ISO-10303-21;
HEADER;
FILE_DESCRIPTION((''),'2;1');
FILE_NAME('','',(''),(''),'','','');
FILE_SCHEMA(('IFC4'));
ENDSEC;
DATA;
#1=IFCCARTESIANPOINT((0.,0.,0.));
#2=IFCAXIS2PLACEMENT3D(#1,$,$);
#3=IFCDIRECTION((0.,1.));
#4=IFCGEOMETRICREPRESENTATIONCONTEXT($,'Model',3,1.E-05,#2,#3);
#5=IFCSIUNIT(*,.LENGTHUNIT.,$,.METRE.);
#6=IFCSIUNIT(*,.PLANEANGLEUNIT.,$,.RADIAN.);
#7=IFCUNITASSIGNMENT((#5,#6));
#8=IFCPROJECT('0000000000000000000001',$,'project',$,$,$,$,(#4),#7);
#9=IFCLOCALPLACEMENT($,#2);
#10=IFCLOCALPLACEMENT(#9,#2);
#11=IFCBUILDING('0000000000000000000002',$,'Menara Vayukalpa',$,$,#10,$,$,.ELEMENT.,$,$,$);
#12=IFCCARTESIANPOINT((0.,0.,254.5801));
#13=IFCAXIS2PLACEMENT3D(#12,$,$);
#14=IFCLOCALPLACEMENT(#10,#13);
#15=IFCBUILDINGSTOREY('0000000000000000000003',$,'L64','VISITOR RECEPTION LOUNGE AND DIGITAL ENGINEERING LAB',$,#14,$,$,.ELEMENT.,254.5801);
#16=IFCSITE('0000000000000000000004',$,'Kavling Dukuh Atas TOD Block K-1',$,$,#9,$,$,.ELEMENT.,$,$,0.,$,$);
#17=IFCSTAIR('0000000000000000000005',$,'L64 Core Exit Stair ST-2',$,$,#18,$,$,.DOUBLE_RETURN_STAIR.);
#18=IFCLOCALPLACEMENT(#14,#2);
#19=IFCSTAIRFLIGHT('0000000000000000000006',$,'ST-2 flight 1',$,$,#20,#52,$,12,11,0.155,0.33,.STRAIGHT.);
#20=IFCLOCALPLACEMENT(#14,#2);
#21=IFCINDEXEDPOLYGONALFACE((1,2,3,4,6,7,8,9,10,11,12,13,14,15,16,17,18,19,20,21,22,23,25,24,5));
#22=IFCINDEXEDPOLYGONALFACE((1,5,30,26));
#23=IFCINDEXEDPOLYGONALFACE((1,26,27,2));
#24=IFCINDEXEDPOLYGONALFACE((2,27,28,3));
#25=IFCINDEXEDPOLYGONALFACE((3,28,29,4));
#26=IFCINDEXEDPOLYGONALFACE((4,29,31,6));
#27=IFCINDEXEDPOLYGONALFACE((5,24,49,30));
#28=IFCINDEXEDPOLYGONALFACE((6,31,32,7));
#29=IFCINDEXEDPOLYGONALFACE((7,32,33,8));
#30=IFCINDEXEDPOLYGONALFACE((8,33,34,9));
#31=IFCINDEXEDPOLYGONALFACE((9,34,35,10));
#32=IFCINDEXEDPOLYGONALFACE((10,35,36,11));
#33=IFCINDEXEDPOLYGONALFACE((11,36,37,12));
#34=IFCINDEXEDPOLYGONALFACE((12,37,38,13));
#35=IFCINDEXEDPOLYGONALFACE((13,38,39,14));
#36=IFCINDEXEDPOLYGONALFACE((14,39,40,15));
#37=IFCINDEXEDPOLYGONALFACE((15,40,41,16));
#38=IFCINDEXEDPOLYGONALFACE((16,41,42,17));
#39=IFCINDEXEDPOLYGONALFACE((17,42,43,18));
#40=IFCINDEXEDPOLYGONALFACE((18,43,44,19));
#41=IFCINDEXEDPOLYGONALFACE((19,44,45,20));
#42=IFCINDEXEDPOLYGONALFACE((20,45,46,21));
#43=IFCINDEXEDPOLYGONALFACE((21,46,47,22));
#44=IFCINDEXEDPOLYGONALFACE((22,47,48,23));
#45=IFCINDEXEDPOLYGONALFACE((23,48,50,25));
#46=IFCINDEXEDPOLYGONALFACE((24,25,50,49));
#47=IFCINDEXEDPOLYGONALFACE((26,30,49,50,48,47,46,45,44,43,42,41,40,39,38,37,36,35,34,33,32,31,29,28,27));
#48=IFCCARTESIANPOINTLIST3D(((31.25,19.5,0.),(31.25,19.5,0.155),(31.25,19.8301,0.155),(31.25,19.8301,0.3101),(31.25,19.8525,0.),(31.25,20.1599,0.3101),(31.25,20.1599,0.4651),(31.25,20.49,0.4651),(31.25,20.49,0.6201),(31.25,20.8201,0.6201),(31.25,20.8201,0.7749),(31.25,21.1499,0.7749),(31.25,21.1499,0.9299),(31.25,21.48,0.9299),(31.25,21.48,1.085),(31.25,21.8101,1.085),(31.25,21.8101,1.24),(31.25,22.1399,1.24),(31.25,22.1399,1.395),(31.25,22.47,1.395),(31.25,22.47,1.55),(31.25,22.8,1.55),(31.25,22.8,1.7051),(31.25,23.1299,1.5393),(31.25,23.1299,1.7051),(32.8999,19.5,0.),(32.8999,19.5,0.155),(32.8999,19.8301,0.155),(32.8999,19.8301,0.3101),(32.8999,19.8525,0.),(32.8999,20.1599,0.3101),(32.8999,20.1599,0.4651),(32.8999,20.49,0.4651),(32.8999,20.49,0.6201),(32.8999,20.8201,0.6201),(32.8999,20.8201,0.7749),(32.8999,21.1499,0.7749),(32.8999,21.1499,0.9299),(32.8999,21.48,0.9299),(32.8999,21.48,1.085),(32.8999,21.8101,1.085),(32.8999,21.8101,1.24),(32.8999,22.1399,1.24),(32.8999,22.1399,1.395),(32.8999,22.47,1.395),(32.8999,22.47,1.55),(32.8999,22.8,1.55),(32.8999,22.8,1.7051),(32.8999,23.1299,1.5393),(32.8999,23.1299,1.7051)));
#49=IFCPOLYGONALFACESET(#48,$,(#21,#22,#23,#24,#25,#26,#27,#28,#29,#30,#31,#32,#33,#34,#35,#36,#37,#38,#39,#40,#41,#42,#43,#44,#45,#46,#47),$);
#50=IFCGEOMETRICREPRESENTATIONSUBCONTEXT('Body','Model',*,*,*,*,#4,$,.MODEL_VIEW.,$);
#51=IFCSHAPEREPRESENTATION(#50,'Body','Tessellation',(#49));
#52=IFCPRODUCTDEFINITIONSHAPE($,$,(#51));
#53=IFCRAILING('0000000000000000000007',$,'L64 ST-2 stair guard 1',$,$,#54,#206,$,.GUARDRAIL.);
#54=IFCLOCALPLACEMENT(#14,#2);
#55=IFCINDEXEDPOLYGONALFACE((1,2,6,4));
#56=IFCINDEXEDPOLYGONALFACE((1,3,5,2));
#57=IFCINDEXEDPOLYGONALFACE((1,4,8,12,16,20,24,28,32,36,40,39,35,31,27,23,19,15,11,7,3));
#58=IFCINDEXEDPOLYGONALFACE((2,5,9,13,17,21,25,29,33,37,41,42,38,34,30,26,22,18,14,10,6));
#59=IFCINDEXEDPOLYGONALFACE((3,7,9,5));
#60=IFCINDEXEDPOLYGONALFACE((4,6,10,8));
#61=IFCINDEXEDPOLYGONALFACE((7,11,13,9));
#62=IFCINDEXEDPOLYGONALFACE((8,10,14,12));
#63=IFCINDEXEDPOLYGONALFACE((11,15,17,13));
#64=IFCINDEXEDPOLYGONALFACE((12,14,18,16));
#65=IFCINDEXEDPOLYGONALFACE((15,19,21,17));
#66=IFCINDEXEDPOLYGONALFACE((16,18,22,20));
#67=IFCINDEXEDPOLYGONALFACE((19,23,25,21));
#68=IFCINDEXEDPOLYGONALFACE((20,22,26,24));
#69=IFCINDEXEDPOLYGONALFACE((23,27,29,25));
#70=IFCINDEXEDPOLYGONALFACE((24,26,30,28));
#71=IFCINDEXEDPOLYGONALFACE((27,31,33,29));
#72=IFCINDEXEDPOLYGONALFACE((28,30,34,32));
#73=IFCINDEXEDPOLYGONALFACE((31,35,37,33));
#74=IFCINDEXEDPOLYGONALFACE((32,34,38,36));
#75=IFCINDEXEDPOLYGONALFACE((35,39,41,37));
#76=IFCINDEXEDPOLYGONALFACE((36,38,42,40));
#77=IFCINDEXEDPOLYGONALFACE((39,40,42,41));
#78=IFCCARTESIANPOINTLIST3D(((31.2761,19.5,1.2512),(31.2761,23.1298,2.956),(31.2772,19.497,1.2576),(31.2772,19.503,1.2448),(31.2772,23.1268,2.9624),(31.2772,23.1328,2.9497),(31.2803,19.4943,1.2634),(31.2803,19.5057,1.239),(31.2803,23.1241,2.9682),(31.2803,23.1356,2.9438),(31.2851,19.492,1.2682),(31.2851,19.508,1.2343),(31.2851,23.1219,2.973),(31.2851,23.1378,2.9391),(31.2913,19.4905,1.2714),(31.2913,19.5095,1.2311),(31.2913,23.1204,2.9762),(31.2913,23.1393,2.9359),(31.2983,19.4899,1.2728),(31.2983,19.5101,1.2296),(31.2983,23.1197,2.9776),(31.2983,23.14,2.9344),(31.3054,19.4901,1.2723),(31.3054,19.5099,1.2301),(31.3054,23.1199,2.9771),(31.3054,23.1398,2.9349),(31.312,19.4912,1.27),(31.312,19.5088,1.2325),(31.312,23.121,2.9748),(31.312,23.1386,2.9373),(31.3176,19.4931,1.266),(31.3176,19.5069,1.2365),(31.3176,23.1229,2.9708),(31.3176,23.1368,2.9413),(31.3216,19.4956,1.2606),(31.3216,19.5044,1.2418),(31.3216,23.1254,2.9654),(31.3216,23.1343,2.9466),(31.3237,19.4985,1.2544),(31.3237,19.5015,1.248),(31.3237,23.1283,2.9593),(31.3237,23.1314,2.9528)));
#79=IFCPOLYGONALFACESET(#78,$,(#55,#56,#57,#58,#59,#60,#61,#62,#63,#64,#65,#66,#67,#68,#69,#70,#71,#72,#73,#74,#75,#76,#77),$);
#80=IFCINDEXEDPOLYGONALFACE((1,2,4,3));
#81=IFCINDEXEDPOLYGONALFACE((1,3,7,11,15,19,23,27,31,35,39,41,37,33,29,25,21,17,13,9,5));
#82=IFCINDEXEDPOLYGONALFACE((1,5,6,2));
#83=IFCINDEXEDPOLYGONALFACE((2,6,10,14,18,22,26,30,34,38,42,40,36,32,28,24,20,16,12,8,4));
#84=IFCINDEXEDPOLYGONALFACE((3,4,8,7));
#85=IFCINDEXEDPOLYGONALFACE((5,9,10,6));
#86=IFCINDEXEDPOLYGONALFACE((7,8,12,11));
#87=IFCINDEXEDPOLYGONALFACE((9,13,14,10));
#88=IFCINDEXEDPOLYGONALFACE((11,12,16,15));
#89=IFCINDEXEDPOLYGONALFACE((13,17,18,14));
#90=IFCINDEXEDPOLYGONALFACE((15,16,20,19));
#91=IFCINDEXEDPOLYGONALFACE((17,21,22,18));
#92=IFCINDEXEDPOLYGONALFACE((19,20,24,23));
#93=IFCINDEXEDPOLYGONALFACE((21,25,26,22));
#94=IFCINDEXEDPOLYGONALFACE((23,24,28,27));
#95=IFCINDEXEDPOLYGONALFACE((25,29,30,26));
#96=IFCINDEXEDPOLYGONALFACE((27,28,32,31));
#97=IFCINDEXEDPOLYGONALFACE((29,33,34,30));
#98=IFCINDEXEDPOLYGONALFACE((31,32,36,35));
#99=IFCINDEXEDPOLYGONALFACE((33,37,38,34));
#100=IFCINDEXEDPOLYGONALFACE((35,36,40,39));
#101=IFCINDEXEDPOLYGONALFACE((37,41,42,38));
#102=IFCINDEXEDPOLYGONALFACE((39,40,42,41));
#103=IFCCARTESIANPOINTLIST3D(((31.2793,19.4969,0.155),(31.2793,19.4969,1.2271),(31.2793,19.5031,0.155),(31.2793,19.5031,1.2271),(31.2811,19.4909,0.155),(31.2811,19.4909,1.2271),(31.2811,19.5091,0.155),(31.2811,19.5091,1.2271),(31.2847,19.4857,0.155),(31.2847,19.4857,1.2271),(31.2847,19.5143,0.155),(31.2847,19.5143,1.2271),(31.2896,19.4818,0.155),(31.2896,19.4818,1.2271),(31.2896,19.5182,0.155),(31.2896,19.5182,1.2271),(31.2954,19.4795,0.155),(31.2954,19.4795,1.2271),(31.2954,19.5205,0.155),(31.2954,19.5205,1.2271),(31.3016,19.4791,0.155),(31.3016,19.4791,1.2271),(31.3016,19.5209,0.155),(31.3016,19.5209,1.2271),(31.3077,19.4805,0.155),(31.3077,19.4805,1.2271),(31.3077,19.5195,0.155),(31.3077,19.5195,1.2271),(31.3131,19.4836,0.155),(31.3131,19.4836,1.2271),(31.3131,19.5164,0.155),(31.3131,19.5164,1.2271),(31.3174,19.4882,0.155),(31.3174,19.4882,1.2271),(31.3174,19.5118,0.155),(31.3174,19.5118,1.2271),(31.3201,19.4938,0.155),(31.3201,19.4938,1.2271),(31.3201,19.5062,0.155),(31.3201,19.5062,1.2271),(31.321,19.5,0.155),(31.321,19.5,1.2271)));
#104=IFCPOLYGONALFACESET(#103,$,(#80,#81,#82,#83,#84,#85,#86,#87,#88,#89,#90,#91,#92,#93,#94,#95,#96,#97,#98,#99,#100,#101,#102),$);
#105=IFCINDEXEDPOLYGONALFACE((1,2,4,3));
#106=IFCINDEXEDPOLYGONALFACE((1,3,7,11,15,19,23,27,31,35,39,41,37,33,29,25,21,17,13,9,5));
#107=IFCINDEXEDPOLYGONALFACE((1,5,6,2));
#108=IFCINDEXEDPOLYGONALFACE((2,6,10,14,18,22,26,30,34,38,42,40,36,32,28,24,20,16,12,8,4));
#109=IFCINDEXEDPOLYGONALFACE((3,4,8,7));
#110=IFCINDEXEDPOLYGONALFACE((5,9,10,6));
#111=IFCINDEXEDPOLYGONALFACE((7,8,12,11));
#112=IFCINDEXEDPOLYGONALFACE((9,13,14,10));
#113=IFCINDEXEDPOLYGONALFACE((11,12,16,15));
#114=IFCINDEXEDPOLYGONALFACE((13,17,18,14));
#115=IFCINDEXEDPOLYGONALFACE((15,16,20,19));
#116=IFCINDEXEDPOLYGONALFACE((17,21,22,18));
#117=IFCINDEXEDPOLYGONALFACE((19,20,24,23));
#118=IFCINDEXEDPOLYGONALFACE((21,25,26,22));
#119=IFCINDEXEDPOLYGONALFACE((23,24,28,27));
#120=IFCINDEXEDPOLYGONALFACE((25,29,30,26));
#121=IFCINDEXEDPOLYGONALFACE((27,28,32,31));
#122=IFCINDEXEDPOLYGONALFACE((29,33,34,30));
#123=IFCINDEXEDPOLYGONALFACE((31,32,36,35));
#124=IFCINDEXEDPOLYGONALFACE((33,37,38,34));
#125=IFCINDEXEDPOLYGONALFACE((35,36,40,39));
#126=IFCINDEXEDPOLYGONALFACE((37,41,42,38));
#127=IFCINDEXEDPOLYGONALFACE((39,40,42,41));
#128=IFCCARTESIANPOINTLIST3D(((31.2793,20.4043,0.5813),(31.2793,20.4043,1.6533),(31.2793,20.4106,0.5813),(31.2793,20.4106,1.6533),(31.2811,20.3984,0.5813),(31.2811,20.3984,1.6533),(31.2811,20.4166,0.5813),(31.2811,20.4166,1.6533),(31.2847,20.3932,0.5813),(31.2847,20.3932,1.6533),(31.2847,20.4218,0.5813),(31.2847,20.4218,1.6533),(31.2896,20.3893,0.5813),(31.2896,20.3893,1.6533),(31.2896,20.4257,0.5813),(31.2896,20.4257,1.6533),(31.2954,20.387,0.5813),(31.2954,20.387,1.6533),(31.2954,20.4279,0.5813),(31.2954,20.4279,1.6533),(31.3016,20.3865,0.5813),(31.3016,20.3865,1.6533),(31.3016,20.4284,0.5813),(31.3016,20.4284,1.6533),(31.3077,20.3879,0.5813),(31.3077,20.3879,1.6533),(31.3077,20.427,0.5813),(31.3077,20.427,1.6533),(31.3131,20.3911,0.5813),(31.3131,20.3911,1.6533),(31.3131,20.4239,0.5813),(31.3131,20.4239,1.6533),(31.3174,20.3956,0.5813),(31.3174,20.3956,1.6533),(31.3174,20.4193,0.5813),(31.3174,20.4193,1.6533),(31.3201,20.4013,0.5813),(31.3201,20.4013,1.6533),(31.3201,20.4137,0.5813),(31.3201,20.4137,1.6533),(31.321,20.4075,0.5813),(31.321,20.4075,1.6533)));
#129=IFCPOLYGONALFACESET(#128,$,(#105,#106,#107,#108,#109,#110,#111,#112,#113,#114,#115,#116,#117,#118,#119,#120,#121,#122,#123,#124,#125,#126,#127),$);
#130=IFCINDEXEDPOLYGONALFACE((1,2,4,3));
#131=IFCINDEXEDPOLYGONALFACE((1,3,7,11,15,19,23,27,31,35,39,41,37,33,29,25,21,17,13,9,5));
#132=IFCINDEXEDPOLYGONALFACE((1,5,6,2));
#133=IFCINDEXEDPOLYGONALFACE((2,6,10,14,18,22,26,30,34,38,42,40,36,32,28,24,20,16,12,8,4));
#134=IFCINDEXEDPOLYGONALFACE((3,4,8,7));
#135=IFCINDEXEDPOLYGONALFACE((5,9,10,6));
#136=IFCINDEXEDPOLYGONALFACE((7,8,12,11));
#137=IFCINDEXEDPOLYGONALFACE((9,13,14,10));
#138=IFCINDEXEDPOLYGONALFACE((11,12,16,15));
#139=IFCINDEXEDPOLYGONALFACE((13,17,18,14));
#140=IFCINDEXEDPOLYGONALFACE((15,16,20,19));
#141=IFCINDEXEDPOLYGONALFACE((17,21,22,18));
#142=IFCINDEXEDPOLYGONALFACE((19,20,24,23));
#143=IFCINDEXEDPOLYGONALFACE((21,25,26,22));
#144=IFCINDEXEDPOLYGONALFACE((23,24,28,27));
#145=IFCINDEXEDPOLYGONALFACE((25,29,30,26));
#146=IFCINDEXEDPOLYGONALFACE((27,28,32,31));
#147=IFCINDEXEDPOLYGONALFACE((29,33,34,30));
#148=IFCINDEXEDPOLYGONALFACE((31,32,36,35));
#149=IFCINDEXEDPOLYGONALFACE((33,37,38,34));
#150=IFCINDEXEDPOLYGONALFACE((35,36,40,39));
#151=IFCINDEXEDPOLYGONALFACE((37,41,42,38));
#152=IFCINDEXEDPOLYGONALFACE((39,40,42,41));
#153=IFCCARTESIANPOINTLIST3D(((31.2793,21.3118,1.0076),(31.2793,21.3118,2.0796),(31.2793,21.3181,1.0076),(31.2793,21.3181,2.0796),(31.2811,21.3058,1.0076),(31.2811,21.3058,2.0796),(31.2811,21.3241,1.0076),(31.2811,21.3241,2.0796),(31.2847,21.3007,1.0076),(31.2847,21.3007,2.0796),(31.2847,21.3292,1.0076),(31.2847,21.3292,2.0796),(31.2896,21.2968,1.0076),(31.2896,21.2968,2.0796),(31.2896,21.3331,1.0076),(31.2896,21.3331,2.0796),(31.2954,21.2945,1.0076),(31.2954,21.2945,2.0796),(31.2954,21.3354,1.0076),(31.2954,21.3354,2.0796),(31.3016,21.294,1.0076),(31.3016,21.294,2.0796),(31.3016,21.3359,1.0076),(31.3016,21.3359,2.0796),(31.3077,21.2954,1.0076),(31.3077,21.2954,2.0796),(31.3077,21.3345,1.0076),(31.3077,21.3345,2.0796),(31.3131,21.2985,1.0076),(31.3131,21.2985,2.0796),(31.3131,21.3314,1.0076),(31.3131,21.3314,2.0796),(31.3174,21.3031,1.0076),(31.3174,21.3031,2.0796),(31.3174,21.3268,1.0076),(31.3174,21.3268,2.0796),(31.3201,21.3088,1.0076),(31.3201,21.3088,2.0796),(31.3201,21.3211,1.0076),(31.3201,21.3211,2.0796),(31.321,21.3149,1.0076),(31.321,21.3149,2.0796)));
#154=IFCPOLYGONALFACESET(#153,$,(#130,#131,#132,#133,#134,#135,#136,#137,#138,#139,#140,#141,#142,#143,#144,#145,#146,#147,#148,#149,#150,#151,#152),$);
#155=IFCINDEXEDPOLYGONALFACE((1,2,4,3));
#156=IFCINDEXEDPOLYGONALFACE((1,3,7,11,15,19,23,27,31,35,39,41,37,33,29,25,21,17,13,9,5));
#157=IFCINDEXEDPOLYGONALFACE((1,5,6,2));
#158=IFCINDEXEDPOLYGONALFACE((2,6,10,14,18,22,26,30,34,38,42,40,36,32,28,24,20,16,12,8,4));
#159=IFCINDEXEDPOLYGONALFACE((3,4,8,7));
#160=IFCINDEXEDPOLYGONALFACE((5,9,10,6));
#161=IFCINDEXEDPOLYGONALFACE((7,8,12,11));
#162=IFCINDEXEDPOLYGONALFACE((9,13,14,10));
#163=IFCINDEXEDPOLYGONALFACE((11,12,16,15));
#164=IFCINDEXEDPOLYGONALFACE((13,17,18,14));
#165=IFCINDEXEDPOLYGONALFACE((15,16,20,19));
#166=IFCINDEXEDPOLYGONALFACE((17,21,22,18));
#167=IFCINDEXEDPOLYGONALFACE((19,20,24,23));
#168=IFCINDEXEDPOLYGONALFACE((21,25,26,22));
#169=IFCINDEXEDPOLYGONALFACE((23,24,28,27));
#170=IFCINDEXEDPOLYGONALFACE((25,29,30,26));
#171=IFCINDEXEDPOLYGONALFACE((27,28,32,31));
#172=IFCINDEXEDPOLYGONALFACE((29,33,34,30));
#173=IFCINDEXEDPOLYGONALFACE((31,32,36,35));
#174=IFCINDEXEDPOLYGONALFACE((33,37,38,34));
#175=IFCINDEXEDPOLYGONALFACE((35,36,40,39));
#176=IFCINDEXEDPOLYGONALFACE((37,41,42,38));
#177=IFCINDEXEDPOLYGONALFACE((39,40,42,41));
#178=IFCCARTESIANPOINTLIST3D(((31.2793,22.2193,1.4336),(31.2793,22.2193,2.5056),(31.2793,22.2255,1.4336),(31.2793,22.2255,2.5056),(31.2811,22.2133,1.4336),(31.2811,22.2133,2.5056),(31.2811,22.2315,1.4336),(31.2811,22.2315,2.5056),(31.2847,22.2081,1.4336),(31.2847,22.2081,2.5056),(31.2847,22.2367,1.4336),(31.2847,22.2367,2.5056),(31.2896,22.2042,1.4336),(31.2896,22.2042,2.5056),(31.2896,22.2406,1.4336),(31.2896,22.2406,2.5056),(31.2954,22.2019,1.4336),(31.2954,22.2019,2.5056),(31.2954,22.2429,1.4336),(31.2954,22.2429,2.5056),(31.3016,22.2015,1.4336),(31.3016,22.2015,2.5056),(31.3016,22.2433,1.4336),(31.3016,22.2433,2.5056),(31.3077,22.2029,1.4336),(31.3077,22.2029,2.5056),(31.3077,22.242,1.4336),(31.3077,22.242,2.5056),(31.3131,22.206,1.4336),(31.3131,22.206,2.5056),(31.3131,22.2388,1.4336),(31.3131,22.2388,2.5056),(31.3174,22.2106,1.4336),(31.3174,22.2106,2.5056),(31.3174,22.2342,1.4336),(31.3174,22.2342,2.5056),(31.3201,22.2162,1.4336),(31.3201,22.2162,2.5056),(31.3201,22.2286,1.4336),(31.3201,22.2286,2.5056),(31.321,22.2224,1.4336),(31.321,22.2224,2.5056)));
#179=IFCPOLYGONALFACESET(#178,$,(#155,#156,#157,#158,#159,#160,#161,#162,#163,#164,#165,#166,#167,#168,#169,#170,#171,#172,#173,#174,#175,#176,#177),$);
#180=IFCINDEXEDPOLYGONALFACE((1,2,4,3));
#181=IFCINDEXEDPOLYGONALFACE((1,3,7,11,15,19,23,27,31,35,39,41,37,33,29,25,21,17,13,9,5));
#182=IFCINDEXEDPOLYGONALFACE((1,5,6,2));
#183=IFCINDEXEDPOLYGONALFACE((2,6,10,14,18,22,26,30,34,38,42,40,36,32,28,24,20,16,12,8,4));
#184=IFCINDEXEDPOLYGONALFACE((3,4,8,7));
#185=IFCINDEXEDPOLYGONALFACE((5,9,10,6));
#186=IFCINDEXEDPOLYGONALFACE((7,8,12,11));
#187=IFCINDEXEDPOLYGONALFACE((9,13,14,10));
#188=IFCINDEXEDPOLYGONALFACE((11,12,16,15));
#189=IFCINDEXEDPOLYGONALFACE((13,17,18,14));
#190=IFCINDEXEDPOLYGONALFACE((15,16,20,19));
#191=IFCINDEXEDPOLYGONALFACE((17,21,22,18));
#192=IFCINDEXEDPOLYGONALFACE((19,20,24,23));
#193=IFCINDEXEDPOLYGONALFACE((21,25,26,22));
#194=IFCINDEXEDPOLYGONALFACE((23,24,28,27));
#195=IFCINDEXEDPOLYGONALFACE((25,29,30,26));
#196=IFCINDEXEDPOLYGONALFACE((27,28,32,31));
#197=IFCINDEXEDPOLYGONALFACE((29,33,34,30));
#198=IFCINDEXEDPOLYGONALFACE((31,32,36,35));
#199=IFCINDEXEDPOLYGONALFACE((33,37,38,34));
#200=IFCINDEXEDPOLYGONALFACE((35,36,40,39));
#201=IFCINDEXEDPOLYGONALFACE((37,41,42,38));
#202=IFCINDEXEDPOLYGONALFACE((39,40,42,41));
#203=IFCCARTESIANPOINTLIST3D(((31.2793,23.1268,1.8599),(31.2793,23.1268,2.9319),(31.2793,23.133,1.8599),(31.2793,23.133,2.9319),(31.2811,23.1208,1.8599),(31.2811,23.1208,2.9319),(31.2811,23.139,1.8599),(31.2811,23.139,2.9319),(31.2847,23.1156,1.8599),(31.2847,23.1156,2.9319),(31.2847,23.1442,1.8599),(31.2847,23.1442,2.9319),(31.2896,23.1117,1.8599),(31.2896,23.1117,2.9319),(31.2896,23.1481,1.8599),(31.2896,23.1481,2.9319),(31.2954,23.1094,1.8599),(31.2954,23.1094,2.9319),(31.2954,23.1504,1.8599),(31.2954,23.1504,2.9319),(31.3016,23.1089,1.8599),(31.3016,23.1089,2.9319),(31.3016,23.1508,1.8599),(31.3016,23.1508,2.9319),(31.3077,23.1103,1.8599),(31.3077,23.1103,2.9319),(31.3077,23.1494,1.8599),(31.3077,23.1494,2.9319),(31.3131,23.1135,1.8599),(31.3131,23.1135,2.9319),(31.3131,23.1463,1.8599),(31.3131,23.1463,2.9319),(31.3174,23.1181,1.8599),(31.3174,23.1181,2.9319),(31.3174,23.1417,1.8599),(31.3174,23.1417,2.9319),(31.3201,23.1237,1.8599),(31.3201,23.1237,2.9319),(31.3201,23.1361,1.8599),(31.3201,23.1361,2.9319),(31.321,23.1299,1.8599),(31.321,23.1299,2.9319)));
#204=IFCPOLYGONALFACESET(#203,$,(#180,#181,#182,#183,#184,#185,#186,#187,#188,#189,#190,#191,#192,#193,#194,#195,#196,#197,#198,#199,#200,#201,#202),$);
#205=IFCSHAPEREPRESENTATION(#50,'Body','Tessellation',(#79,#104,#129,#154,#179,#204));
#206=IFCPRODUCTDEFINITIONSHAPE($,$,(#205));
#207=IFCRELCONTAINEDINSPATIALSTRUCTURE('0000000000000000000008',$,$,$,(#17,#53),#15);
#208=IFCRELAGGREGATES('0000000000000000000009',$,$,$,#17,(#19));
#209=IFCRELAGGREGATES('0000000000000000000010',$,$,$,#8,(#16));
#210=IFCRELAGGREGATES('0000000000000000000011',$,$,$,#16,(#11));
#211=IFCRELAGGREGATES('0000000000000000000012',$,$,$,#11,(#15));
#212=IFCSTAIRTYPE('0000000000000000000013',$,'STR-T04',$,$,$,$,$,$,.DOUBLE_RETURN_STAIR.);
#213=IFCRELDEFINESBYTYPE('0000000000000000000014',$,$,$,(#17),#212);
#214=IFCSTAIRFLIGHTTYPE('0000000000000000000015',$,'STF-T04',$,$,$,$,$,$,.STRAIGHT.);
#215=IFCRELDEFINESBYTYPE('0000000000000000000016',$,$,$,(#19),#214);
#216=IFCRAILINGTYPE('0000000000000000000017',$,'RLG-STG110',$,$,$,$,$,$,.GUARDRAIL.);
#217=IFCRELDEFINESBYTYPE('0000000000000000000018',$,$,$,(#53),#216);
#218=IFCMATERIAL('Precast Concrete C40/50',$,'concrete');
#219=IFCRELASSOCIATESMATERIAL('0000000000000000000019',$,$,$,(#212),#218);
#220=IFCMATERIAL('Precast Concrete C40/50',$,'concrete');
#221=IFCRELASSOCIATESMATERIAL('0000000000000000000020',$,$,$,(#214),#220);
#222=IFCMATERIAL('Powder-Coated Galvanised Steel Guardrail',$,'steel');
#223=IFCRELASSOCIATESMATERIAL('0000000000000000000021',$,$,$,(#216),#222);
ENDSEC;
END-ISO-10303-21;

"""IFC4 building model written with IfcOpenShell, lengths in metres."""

from ifc_helpers import new_model, si_unit, direction, frame, origin, origin_2d, place, context, subcontext, project, spatial, polyline, circle, outline, extrude, material, type_object, element, aggregate, save


model = new_model("IFC4")

# Units and contexts
model_context = context("Model", 3, precision=1e-05, world=origin(), true_north=direction((0.0, 1.0)))
body_context = subcontext(model_context, "Body", "Model", "MODEL_VIEW")
ifc_project = project(units=[si_unit("LENGTHUNIT", "METRE"), si_unit("PLANEANGLEUNIT", "RADIAN")], contexts=[model_context])

# Site, building, storey
site_placement = place(None, origin())
site = spatial("IfcSite", under=ifc_project, at=site_placement, Name="Kavling Dukuh Atas TOD Block K-1", CompositionType="ELEMENT", RefElevation=0.0)
building_placement = place(site_placement, origin())
building = spatial("IfcBuilding", under=site, at=building_placement, Name="Menara Vayukalpa", CompositionType="ELEMENT")
storey_placement = place(building_placement, frame((0.0, 0.0, 254.5801)))
storey = spatial("IfcBuildingStorey", under=building, at=storey_placement, Name="L64", Description="VISITOR RECEPTION LOUNGE AND DIGITAL ENGINEERING LAB", CompositionType="ELEMENT", Elevation=254.5801)

# Stair, stair flight
ifc_material_1 = material(Name="Precast Concrete C40/50", Category="concrete")
stair_type = type_object("IfcStairType", Name="STR-T04", PredefinedType="DOUBLE_RETURN_STAIR", material=ifc_material_1)
stair_placement = place(storey_placement, origin())
stair = element("IfcStair", 1, at=stair_placement, inside=storey, type_object=stair_type, Name="L64 Core Exit Stair ST-2", PredefinedType="DOUBLE_RETURN_STAIR")
ifc_material_2 = material(Name="Precast Concrete C40/50", Category="concrete")
stair_flight_type = type_object("IfcStairFlightType", Name="STF-T04", PredefinedType="STRAIGHT", material=ifc_material_2)
stair_flight_placement = place(storey_placement, frame((32.075, 19.5, 0.0), z_axis=(0.0, 0.0, 1.0), x_axis=(0.0, 1.0, 0.0)))
stair_flight = element("IfcStairFlight", 2, at=stair_flight_placement, type_object=stair_flight_type, Name="ST-2 flight 1", NumberOfRisers=12, NumberOfTreads=11, PredefinedType="STRAIGHT", RiserHeight=0.155, TreadLength=0.33, context=body_context, shape_type="SweptSolid", body=[
    extrude(outline(polyline([(0.0, 0.0), (0.0, 0.155), (0.3301, 0.155), (0.3301, 0.3101), (0.6599, 0.3101), (0.6599, 0.4651), (0.99, 0.4651), (0.99, 0.6201), (1.3201, 0.6201), (1.3201, 0.7749), (1.6499, 0.7749), (1.6499, 0.9299), (1.98, 0.9299), (1.98, 1.085), (2.3101, 1.085), (2.3101, 1.24), (2.6399, 1.24), (2.6399, 1.395), (2.97, 1.395), (2.97, 1.55), (3.3, 1.55), (3.3, 1.7051), (3.6299, 1.7051), (3.6299, 1.8601), (3.6299, 1.5393), (0.3525, 0.0), (0.0, 0.0)])), frame((0.0, 0.825, 0.0), z_axis=(0.0, -1.0, 0.0), x_axis=(1.0, 0.0, 0.0)), (0.0, 0.0, 1.0), 1.6499),
])
aggregate(stair, [stair_flight])

# Railing
ifc_material_3 = material(Name="Powder-Coated Galvanised Steel Guardrail", Category="steel")
railing_type_1 = type_object("IfcRailingType", Name="RLG-STG110", PredefinedType="GUARDRAIL", material=ifc_material_3)
railing_1_placement = place(storey_placement, frame((31.3, 19.5, 0.155)))
element("IfcRailing", 3, at=railing_1_placement, inside=storey, type_object=railing_type_1, Name="L64 ST-2 stair guard 1", PredefinedType="GUARDRAIL", context=body_context, shape_type="SweptSolid", body=[
    extrude(circle(Radius=0.0239, at=origin_2d()), frame((0.0, 0.0, 1.0962), z_axis=(0.0, 0.90514, 0.425114), x_axis=(-1.0, 0.0, 0.0)), (0.0, 0.0, 1.0), 4.0103),
    extrude(circle(Radius=0.021, at=origin_2d()), origin(), (0.0, 0.0, 1.0), 1.072),
    extrude(circle(Radius=0.021, at=origin_2d()), frame((0.0, 0.9075, 0.4263)), (0.0, 0.0, 1.0), 1.072),
    extrude(circle(Radius=0.021, at=origin_2d()), frame((0.0, 1.8149, 0.8525)), (0.0, 0.0, 1.0), 1.072),
    extrude(circle(Radius=0.021, at=origin_2d()), frame((0.0, 2.7224, 1.2786)), (0.0, 0.0, 1.0), 1.072),
    extrude(circle(Radius=0.021, at=origin_2d()), frame((0.0, 3.6299, 1.7048)), (0.0, 0.0, 1.0), 1.072),
])

save(model, "model.ifc")
